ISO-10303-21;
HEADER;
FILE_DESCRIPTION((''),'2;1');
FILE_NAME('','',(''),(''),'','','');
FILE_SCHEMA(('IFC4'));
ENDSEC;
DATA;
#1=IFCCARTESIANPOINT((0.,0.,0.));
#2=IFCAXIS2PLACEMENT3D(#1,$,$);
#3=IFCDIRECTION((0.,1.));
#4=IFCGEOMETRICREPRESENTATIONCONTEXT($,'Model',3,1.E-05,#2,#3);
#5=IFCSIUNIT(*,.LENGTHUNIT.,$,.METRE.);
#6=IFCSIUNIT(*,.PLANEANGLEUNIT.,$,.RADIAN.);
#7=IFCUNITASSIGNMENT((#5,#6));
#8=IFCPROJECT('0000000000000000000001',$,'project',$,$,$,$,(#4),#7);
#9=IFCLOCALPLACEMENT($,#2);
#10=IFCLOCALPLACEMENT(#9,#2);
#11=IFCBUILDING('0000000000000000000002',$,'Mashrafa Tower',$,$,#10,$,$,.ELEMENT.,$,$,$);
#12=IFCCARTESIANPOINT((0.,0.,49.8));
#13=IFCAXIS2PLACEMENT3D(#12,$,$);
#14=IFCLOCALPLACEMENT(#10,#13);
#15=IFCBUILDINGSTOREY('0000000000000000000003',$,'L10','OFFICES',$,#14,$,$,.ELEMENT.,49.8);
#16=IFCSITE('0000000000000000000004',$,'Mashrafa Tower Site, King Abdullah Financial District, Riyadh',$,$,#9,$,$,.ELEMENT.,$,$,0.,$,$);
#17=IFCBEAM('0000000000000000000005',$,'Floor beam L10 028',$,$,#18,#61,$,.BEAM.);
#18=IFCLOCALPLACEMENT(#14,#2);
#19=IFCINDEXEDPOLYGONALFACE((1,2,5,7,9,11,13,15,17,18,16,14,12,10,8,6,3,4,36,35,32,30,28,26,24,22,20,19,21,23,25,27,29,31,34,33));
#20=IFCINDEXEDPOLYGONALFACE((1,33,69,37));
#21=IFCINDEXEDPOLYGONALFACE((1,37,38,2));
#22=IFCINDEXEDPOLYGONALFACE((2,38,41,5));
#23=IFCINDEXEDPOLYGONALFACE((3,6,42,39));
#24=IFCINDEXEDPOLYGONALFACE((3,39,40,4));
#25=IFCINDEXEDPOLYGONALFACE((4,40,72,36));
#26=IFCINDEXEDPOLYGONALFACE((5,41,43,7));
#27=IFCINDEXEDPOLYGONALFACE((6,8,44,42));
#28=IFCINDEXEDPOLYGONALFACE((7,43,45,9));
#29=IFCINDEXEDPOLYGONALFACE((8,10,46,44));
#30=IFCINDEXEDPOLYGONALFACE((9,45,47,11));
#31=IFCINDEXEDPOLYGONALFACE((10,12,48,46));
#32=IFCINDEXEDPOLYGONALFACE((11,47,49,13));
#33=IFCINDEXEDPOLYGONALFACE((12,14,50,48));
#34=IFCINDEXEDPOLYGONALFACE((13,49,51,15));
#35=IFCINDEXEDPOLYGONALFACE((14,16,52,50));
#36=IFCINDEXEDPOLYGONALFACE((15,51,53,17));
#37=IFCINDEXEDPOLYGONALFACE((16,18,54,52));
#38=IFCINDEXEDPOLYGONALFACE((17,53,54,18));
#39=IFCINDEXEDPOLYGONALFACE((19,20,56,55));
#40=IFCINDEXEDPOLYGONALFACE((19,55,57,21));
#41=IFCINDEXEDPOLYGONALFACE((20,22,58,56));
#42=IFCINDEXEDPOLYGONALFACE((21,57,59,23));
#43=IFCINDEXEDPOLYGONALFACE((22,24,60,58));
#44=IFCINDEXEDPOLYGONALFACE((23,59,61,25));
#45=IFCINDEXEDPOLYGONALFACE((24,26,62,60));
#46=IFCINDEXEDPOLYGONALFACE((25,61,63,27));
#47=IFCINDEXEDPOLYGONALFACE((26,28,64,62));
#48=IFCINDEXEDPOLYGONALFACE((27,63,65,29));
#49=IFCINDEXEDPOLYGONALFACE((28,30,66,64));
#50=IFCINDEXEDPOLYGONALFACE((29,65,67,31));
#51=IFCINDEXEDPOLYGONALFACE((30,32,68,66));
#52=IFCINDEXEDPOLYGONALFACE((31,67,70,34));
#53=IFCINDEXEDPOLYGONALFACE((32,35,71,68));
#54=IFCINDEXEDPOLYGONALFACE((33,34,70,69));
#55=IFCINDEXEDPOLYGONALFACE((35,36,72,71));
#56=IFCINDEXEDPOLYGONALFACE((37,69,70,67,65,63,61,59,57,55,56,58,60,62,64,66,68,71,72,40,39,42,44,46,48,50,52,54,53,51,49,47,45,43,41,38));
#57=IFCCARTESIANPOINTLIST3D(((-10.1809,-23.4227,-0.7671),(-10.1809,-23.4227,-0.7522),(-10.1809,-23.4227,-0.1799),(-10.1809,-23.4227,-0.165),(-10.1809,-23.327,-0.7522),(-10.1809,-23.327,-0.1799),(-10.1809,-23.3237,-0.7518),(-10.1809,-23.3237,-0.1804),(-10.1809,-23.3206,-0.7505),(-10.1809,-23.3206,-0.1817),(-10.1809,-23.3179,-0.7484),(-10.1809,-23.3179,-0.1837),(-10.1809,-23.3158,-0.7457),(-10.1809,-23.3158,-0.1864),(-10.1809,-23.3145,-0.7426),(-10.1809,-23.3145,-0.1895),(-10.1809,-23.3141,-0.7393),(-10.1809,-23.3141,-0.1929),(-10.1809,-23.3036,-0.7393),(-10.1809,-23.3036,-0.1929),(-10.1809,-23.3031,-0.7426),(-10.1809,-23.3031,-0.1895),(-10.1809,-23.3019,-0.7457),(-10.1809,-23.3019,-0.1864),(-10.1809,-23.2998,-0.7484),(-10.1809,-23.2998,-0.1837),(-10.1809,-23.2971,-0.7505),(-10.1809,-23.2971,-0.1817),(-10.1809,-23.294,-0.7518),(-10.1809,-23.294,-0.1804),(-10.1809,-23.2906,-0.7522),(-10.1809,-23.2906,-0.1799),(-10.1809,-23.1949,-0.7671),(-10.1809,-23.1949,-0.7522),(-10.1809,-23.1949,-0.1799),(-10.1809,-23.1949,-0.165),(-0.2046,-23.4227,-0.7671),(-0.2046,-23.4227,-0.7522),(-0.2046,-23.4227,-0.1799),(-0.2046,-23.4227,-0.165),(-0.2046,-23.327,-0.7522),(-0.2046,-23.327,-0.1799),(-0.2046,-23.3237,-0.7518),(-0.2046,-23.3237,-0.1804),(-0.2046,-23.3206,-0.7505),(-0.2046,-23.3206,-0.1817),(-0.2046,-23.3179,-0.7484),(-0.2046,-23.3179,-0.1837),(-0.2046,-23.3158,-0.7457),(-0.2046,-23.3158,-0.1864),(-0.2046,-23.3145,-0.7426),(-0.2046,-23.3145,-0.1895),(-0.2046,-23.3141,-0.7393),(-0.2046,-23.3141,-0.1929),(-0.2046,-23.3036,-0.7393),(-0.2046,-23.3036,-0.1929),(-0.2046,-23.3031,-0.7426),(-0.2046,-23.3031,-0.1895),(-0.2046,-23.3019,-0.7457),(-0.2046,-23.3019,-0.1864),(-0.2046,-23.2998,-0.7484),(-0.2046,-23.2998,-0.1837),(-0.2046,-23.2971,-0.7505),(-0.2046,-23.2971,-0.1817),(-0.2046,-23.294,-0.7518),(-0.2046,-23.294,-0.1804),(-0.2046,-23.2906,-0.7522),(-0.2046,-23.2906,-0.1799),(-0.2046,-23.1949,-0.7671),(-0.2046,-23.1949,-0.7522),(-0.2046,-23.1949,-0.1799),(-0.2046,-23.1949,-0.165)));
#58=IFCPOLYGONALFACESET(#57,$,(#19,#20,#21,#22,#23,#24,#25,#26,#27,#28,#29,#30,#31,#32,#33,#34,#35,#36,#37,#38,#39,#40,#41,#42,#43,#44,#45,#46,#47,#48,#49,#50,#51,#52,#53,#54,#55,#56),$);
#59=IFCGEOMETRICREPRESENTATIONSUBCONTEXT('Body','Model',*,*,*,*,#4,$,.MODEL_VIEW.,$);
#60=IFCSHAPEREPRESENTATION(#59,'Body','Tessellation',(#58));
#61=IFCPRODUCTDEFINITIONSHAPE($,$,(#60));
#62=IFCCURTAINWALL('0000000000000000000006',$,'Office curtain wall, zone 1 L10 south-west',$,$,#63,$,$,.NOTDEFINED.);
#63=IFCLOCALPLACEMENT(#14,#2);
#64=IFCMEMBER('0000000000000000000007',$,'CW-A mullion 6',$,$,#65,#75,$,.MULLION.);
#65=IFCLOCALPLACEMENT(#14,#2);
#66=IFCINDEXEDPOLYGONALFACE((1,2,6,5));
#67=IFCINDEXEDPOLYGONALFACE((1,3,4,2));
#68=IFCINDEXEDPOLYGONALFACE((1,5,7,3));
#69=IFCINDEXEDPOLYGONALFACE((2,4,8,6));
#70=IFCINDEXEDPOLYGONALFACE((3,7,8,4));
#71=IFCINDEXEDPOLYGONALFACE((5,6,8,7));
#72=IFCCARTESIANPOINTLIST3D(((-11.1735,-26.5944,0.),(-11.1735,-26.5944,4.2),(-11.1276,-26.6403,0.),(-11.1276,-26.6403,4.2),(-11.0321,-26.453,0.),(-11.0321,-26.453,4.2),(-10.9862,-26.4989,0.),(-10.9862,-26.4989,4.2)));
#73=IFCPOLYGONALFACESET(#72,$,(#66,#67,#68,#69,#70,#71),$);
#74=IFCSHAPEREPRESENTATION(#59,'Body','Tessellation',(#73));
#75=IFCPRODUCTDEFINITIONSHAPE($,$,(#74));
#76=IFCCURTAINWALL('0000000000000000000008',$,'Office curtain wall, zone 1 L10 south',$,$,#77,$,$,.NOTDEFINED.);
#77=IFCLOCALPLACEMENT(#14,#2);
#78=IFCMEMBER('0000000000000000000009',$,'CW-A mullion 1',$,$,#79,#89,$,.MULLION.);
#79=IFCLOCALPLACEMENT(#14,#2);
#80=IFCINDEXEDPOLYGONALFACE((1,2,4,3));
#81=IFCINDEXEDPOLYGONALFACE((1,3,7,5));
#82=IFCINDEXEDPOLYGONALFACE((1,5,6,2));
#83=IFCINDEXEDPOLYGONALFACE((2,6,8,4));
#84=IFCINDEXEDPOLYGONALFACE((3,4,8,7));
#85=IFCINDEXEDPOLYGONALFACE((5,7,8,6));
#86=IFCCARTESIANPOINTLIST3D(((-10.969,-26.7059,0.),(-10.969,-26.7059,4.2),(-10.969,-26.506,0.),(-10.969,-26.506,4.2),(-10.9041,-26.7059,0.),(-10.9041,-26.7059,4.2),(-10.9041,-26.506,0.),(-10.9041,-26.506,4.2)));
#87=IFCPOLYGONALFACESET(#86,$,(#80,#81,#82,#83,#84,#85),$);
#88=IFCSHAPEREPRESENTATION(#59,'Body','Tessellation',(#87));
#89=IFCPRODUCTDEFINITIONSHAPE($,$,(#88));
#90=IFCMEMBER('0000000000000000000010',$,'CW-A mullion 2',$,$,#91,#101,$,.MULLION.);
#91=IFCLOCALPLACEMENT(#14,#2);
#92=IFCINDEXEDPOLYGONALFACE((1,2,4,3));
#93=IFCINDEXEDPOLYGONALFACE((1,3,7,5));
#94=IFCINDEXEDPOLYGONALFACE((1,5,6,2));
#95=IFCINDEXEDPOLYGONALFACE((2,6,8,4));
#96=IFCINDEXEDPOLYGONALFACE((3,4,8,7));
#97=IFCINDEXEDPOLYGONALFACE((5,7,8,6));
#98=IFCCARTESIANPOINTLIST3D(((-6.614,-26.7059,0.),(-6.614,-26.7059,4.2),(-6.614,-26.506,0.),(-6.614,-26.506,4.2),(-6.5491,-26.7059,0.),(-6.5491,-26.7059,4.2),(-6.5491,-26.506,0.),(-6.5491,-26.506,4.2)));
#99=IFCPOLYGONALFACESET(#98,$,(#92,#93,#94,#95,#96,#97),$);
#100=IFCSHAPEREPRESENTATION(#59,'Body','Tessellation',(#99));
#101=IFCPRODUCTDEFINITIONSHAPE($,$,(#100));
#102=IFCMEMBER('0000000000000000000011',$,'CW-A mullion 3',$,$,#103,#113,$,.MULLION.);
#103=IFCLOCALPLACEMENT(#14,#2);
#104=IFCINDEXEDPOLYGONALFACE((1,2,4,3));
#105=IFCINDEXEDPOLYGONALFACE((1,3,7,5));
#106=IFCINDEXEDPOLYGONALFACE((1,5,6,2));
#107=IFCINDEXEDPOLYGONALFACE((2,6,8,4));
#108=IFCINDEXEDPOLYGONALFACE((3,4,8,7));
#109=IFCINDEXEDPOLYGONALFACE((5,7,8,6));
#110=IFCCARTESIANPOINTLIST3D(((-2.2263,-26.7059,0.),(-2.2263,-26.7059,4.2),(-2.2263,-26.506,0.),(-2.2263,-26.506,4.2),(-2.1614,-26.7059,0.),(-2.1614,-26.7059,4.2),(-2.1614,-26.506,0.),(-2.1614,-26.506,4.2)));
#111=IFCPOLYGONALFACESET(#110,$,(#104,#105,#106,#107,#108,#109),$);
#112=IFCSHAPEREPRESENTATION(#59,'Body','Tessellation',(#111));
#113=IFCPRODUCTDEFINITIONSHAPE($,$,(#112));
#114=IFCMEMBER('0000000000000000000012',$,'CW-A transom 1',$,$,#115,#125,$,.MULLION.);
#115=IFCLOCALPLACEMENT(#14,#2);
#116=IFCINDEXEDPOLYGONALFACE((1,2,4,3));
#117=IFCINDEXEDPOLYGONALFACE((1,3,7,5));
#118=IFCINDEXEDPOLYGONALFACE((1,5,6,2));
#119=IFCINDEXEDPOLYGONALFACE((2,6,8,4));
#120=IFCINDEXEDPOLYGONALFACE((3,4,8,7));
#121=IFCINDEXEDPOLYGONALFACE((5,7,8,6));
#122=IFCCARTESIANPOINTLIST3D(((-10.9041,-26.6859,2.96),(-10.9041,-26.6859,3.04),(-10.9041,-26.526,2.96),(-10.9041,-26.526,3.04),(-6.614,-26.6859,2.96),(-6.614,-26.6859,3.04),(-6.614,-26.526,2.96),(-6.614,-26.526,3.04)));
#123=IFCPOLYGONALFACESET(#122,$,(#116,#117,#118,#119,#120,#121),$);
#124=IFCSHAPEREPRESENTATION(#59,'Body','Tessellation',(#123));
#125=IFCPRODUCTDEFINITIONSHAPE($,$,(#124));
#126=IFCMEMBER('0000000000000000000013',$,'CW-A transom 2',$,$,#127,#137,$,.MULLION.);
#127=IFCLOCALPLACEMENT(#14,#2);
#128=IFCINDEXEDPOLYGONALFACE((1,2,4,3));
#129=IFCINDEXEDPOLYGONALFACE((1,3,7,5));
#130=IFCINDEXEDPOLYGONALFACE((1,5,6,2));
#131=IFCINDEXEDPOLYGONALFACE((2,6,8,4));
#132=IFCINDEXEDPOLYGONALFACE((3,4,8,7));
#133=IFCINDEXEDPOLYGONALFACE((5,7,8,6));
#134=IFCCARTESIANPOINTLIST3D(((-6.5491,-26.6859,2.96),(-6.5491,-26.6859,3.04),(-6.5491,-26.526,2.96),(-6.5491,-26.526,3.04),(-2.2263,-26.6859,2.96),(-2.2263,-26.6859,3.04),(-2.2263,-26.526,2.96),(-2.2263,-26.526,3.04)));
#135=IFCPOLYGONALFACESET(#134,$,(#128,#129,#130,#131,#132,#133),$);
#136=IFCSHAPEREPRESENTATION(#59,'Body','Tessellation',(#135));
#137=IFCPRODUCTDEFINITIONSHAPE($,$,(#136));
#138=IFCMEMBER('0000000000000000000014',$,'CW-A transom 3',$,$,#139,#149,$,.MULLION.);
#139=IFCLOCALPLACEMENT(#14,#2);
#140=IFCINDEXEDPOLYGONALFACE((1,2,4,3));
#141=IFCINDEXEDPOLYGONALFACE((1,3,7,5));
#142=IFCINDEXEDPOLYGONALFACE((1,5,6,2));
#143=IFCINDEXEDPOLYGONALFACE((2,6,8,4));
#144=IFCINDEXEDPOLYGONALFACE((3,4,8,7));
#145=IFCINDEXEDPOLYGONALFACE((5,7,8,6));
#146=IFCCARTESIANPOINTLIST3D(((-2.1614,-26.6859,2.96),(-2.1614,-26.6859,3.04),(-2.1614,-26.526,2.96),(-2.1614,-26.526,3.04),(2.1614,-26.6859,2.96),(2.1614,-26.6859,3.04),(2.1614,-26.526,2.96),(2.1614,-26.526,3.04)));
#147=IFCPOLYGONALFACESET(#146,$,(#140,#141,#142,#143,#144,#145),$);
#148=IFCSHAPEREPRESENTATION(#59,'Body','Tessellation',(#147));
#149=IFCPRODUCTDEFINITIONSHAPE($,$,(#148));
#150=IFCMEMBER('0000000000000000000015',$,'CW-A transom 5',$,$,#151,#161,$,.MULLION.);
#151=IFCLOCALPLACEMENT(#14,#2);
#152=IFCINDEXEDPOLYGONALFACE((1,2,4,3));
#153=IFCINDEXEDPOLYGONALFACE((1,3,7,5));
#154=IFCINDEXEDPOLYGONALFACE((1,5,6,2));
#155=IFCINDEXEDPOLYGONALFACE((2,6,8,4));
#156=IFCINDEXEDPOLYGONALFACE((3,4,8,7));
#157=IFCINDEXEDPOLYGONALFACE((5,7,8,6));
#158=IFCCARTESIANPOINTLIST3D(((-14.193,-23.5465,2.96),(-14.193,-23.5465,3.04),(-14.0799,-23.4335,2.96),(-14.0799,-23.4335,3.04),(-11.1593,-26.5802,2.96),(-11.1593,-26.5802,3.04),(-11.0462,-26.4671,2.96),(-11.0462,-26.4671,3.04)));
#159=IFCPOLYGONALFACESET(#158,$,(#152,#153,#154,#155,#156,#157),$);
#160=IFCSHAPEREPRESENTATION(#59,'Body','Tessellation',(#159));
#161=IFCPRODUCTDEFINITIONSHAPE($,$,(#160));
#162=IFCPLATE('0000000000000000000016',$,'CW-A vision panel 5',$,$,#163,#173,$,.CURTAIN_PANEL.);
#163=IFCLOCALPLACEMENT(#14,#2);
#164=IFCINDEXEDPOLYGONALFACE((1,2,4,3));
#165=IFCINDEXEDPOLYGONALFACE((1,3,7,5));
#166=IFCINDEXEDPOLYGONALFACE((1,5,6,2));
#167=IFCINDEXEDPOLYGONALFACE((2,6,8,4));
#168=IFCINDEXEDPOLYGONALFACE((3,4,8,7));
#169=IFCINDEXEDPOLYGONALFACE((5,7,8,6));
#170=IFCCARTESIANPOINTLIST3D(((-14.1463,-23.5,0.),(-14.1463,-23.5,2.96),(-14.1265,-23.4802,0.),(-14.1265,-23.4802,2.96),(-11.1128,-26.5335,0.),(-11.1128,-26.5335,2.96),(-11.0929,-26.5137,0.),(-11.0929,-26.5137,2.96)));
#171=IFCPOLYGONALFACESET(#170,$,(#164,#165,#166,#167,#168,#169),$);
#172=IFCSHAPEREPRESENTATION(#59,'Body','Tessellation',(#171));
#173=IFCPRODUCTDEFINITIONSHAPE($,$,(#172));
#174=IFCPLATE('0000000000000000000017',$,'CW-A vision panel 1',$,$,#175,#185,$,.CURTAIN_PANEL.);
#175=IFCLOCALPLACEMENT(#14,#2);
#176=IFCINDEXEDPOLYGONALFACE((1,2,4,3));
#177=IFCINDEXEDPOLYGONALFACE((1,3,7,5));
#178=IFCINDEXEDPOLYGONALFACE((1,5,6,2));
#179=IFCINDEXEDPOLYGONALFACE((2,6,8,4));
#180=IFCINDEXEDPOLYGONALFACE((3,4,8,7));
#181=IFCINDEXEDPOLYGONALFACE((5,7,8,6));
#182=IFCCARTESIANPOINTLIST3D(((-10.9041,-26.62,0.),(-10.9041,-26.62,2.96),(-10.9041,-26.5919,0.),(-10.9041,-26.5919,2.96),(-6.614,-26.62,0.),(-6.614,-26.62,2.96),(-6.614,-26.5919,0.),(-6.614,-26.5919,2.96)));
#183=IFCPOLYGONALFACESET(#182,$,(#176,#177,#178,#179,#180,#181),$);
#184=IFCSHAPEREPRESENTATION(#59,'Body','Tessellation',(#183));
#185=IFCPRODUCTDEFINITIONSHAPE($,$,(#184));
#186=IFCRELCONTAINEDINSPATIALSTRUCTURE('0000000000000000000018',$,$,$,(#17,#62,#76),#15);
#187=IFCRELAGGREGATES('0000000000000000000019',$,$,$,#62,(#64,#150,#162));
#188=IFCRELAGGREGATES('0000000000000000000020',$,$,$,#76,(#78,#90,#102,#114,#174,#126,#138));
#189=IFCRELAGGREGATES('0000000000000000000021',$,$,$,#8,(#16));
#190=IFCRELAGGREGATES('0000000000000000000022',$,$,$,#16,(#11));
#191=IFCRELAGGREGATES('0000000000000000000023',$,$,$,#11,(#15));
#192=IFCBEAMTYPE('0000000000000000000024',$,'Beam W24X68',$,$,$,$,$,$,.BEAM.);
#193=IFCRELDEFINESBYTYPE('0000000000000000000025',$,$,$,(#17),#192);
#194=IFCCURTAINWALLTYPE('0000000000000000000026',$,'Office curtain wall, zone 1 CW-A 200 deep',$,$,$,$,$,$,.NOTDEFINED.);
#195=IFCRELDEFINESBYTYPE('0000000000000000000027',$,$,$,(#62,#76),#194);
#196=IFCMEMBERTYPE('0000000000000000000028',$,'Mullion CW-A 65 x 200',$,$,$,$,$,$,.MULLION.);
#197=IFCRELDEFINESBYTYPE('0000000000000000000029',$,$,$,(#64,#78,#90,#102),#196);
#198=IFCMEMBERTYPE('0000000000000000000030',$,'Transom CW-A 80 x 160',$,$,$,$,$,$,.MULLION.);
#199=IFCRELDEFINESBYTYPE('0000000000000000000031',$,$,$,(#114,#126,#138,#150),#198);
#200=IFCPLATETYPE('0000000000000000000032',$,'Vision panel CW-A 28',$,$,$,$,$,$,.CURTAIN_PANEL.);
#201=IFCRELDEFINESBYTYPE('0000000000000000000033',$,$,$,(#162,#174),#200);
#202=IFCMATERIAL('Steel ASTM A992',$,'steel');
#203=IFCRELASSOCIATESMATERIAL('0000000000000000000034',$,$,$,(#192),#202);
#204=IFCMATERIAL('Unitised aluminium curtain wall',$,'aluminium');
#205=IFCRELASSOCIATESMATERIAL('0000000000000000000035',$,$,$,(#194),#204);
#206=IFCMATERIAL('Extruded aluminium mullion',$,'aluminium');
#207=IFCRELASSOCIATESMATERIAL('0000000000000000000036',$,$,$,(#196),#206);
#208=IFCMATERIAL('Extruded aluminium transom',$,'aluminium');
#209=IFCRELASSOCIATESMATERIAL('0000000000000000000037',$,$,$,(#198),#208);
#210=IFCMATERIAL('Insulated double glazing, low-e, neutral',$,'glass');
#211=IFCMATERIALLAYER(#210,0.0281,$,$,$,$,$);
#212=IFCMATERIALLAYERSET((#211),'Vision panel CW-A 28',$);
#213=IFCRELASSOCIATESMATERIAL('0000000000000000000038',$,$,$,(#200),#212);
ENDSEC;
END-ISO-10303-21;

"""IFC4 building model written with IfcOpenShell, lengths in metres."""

from ifc_helpers import new_model, si_unit, direction, frame, origin, origin_2d, place, context, subcontext, project, spatial, rectangle, i_section, extrude, source, transform, mapped, material, layer, layer_set, material_profile, profile_set, type_object, type_shapes, element, aggregate, save


model = new_model("IFC4")

# Units and contexts
model_context = context("Model", 3, precision=1e-05, world=origin(), true_north=direction((0.0, 1.0)))
body_context = subcontext(model_context, "Body", "Model", "MODEL_VIEW")
ifc_project = project(units=[si_unit("LENGTHUNIT", "METRE"), si_unit("PLANEANGLEUNIT", "RADIAN")], contexts=[model_context])

# Site, building, storey
site_placement = place(None, origin())
site = spatial("IfcSite", under=ifc_project, at=site_placement, Name="Mashrafa Tower Site, King Abdullah Financial District, Riyadh", CompositionType="ELEMENT", RefElevation=0.0)
building_placement = place(site_placement, origin())
building = spatial("IfcBuilding", under=site, at=building_placement, Name="Mashrafa Tower", CompositionType="ELEMENT")
storey_placement = place(building_placement, frame((0.0, 0.0, 49.8)))
storey = spatial("IfcBuildingStorey", under=building, at=storey_placement, Name="L10", Description="OFFICES", CompositionType="ELEMENT", Elevation=49.8)

# Beam
ifc_material_1 = material(Name="Steel ASTM A992", Category="steel")
ifc_material_profile_1 = material_profile(ifc_material_1, i_section(OverallWidth=0.2278, OverallDepth=0.6021, WebThickness=0.0105, FlangeThickness=0.0149, FilletRadius=0.0129, at=origin_2d()), Name="W24X68")
ifc_profile_set_1 = profile_set([ifc_material_profile_1], Name="Steel ASTM A992")
beam_type_1 = type_object("IfcBeamType", Name="Beam W24X68", PredefinedType="BEAM", material=ifc_profile_set_1)
beam_1_placement = place(storey_placement, frame((-0.2046, -23.3088, -0.4661), z_axis=(-1.0, 0.0, 0.0), x_axis=(0.0, -1.0, 0.0)))
element("IfcBeam", 1, at=beam_1_placement, inside=storey, type_object=beam_type_1, Name="Floor beam L10 028", PredefinedType="BEAM", context=body_context, shape_type="SweptSolid", body=[
    extrude(i_section(OverallWidth=0.2278, OverallDepth=0.6021, WebThickness=0.0105, FlangeThickness=0.0149, FilletRadius=0.0129, at=origin_2d()), origin(), (0.0, 0.0, 1.0), 9.9763),
])

# Curtain wall, member
ifc_material_2 = material(Name="Unitised aluminium curtain wall", Category="aluminium")
curtain_wall_type = type_object("IfcCurtainWallType", Name="Office curtain wall, zone 1 CW-A 200 deep", PredefinedType="NOTDEFINED", material=ifc_material_2)
curtain_wall_1_placement = place(storey_placement, origin())
curtain_wall_1 = element("IfcCurtainWall", 2, at=curtain_wall_1_placement, inside=storey, type_object=curtain_wall_type, Name="Office curtain wall, zone 1 L10 south-west", PredefinedType="NOTDEFINED")
ifc_material_3 = material(Name="Extruded aluminium mullion", Category="aluminium")
ifc_material_profile_2 = material_profile(ifc_material_3, rectangle(XDim=0.2, YDim=0.0649, at=origin_2d()), Name="Mullion 65x200")
ifc_profile_set_2 = profile_set([ifc_material_profile_2], Name="Extruded aluminium mullion")
member_type_1 = type_object("IfcMemberType", Name="Mullion CW-A 65 x 200", PredefinedType="MULLION", material=ifc_profile_set_2)
shared_shape_1 = source(origin(), body_context, "Body", "SweptSolid", [
    extrude(rectangle(XDim=0.2, YDim=0.0649, at=origin_2d()), origin(), (0.0, 0.0, 1.0), 4.2),
])
type_shapes(member_type_1, [shared_shape_1])
member_1_placement = place(storey_placement, frame((-11.0798, -26.5466, 0.0), z_axis=(0.0, 0.0, 1.0), x_axis=(0.707107, 0.707107, 0.0)))
member_1 = element("IfcMember", 3, at=member_1_placement, type_object=member_type_1, Name="CW-A mullion 6", PredefinedType="MULLION", context=body_context, shape_type="MappedRepresentation", body=[
    mapped(shared_shape_1, transform((0.0, 0.0, 0.0))),
])

# Curtain wall, members
curtain_wall_2_placement = place(storey_placement, origin())
curtain_wall_2 = element("IfcCurtainWall", 4, at=curtain_wall_2_placement, inside=storey, type_object=curtain_wall_type, Name="Office curtain wall, zone 1 L10 south", PredefinedType="NOTDEFINED")
member_2_placement = place(storey_placement, frame((-10.9365, -26.606, 0.0), z_axis=(0.0, 0.0, 1.0), x_axis=(0.0, 1.0, 0.0)))
member_2 = element("IfcMember", 5, at=member_2_placement, type_object=member_type_1, Name="CW-A mullion 1", PredefinedType="MULLION", context=body_context, shape_type="MappedRepresentation", body=[
    mapped(shared_shape_1, transform((0.0, 0.0, 0.0))),
])
member_3_placement = place(storey_placement, frame((-6.5815, -26.606, 0.0), z_axis=(0.0, 0.0, 1.0), x_axis=(0.0, 1.0, 0.0)))
member_3 = element("IfcMember", 6, at=member_3_placement, type_object=member_type_1, Name="CW-A mullion 2", PredefinedType="MULLION", context=body_context, shape_type="MappedRepresentation", body=[
    mapped(shared_shape_1, transform((0.0, 0.0, 0.0))),
])
member_4_placement = place(storey_placement, frame((-2.1938, -26.606, 0.0), z_axis=(0.0, 0.0, 1.0), x_axis=(0.0, 1.0, 0.0)))
member_4 = element("IfcMember", 7, at=member_4_placement, type_object=member_type_1, Name="CW-A mullion 3", PredefinedType="MULLION", context=body_context, shape_type="MappedRepresentation", body=[
    mapped(shared_shape_1, transform((0.0, 0.0, 0.0))),
])
ifc_material_4 = material(Name="Extruded aluminium transom", Category="aluminium")
ifc_material_profile_3 = material_profile(ifc_material_4, rectangle(XDim=0.1599, YDim=0.0801, at=origin_2d()), Name="Transom 80x160")
ifc_profile_set_3 = profile_set([ifc_material_profile_3], Name="Extruded aluminium transom")
member_type_2 = type_object("IfcMemberType", Name="Transom CW-A 80 x 160", PredefinedType="MULLION", material=ifc_profile_set_3)
shared_shape_2 = source(origin(), body_context, "Body", "SweptSolid", [
    extrude(rectangle(XDim=0.1599, YDim=0.0801, at=origin_2d()), origin(), (0.0, 0.0, 1.0), 4.29),
])
member_5_placement = place(storey_placement, frame((-10.9041, -26.606, 3.0), z_axis=(1.0, 0.0, 0.0), x_axis=(0.0, 1.0, 0.0)))
member_5 = element("IfcMember", 8, at=member_5_placement, type_object=member_type_2, Name="CW-A transom 1", PredefinedType="MULLION", context=body_context, shape_type="MappedRepresentation", body=[
    mapped(shared_shape_2, transform((0.0, 0.0, 0.0))),
])
shared_shape_3 = source(origin(), body_context, "Body", "SweptSolid", [
    extrude(rectangle(XDim=0.1599, YDim=0.0801, at=origin_2d()), origin(), (0.0, 0.0, 1.0), 4.3228),
])
member_6_placement = place(storey_placement, frame((-6.5491, -26.606, 3.0), z_axis=(1.0, 0.0, 0.0), x_axis=(0.0, 1.0, 0.0)))
member_6 = element("IfcMember", 9, at=member_6_placement, type_object=member_type_2, Name="CW-A transom 2", PredefinedType="MULLION", context=body_context, shape_type="MappedRepresentation", body=[
    mapped(shared_shape_3, transform((0.0, 0.0, 0.0))),
])
member_7_placement = place(storey_placement, frame((-2.1614, -26.606, 3.0), z_axis=(1.0, 0.0, 0.0), x_axis=(0.0, 1.0, 0.0)))
member_7 = element("IfcMember", 10, at=member_7_placement, type_object=member_type_2, Name="CW-A transom 3", PredefinedType="MULLION", context=body_context, shape_type="MappedRepresentation", body=[
    mapped(shared_shape_3, transform((0.0, 0.0, 0.0))),
])

# Member
shared_shape_4 = source(origin(), body_context, "Body", "SweptSolid", [
    extrude(rectangle(XDim=0.1599, YDim=0.0801, at=origin_2d()), origin(), (0.0, 0.0, 1.0), 4.2903),
])
type_shapes(member_type_2, [shared_shape_2, shared_shape_3, shared_shape_4])
member_8_placement = place(storey_placement, frame((-14.1365, -23.49, 3.0), z_axis=(0.707107, -0.707107, 0.0), x_axis=(0.707107, 0.707107, 0.0)))
member_8 = element("IfcMember", 11, at=member_8_placement, type_object=member_type_2, Name="CW-A transom 5", PredefinedType="MULLION", context=body_context, shape_type="MappedRepresentation", body=[
    mapped(shared_shape_4, transform((0.0, 0.0, 0.0))),
])

# Plates
ifc_material_5 = material(Name="Insulated double glazing, low-e, neutral", Category="glass")
ifc_layer_1 = layer(ifc_material_5, 0.0281)
ifc_layer_set_1 = layer_set([ifc_layer_1], Name="Vision panel CW-A 28")
plate_type_1 = type_object("IfcPlateType", Name="Vision panel CW-A 28", PredefinedType="CURTAIN_PANEL", material=ifc_layer_set_1)
shared_shape_5 = source(origin(), body_context, "Body", "SweptSolid", [
    extrude(rectangle(XDim=4.29, YDim=0.0281, at=origin_2d()), origin(), (0.0, 0.0, 1.0), 2.96),
])
plate_1_placement = place(storey_placement, frame((-12.6196, -25.0068, 0.0), z_axis=(0.0, 0.0, 1.0), x_axis=(0.707107, -0.707107, 0.0)))
plate_1 = element("IfcPlate", 12, at=plate_1_placement, type_object=plate_type_1, Name="CW-A vision panel 5", PredefinedType="CURTAIN_PANEL", context=body_context, shape_type="MappedRepresentation", body=[
    mapped(shared_shape_5, transform((0.0, 0.0, 0.0))),
])
plate_2_placement = place(storey_placement, frame((-8.759, -26.606, 0.0), z_axis=(0.0, 0.0, 1.0), x_axis=(1.0, 0.0, 0.0)))
plate_2 = element("IfcPlate", 13, at=plate_2_placement, type_object=plate_type_1, Name="CW-A vision panel 1", PredefinedType="CURTAIN_PANEL", context=body_context, shape_type="MappedRepresentation", body=[
    mapped(shared_shape_5, transform((0.0, 0.0, 0.0))),
])
aggregate(curtain_wall_1, [member_1, member_8, plate_1])
aggregate(curtain_wall_2, [member_2, member_3, member_4, member_5, plate_2, member_6, member_7])

save(model, "model.ifc")
